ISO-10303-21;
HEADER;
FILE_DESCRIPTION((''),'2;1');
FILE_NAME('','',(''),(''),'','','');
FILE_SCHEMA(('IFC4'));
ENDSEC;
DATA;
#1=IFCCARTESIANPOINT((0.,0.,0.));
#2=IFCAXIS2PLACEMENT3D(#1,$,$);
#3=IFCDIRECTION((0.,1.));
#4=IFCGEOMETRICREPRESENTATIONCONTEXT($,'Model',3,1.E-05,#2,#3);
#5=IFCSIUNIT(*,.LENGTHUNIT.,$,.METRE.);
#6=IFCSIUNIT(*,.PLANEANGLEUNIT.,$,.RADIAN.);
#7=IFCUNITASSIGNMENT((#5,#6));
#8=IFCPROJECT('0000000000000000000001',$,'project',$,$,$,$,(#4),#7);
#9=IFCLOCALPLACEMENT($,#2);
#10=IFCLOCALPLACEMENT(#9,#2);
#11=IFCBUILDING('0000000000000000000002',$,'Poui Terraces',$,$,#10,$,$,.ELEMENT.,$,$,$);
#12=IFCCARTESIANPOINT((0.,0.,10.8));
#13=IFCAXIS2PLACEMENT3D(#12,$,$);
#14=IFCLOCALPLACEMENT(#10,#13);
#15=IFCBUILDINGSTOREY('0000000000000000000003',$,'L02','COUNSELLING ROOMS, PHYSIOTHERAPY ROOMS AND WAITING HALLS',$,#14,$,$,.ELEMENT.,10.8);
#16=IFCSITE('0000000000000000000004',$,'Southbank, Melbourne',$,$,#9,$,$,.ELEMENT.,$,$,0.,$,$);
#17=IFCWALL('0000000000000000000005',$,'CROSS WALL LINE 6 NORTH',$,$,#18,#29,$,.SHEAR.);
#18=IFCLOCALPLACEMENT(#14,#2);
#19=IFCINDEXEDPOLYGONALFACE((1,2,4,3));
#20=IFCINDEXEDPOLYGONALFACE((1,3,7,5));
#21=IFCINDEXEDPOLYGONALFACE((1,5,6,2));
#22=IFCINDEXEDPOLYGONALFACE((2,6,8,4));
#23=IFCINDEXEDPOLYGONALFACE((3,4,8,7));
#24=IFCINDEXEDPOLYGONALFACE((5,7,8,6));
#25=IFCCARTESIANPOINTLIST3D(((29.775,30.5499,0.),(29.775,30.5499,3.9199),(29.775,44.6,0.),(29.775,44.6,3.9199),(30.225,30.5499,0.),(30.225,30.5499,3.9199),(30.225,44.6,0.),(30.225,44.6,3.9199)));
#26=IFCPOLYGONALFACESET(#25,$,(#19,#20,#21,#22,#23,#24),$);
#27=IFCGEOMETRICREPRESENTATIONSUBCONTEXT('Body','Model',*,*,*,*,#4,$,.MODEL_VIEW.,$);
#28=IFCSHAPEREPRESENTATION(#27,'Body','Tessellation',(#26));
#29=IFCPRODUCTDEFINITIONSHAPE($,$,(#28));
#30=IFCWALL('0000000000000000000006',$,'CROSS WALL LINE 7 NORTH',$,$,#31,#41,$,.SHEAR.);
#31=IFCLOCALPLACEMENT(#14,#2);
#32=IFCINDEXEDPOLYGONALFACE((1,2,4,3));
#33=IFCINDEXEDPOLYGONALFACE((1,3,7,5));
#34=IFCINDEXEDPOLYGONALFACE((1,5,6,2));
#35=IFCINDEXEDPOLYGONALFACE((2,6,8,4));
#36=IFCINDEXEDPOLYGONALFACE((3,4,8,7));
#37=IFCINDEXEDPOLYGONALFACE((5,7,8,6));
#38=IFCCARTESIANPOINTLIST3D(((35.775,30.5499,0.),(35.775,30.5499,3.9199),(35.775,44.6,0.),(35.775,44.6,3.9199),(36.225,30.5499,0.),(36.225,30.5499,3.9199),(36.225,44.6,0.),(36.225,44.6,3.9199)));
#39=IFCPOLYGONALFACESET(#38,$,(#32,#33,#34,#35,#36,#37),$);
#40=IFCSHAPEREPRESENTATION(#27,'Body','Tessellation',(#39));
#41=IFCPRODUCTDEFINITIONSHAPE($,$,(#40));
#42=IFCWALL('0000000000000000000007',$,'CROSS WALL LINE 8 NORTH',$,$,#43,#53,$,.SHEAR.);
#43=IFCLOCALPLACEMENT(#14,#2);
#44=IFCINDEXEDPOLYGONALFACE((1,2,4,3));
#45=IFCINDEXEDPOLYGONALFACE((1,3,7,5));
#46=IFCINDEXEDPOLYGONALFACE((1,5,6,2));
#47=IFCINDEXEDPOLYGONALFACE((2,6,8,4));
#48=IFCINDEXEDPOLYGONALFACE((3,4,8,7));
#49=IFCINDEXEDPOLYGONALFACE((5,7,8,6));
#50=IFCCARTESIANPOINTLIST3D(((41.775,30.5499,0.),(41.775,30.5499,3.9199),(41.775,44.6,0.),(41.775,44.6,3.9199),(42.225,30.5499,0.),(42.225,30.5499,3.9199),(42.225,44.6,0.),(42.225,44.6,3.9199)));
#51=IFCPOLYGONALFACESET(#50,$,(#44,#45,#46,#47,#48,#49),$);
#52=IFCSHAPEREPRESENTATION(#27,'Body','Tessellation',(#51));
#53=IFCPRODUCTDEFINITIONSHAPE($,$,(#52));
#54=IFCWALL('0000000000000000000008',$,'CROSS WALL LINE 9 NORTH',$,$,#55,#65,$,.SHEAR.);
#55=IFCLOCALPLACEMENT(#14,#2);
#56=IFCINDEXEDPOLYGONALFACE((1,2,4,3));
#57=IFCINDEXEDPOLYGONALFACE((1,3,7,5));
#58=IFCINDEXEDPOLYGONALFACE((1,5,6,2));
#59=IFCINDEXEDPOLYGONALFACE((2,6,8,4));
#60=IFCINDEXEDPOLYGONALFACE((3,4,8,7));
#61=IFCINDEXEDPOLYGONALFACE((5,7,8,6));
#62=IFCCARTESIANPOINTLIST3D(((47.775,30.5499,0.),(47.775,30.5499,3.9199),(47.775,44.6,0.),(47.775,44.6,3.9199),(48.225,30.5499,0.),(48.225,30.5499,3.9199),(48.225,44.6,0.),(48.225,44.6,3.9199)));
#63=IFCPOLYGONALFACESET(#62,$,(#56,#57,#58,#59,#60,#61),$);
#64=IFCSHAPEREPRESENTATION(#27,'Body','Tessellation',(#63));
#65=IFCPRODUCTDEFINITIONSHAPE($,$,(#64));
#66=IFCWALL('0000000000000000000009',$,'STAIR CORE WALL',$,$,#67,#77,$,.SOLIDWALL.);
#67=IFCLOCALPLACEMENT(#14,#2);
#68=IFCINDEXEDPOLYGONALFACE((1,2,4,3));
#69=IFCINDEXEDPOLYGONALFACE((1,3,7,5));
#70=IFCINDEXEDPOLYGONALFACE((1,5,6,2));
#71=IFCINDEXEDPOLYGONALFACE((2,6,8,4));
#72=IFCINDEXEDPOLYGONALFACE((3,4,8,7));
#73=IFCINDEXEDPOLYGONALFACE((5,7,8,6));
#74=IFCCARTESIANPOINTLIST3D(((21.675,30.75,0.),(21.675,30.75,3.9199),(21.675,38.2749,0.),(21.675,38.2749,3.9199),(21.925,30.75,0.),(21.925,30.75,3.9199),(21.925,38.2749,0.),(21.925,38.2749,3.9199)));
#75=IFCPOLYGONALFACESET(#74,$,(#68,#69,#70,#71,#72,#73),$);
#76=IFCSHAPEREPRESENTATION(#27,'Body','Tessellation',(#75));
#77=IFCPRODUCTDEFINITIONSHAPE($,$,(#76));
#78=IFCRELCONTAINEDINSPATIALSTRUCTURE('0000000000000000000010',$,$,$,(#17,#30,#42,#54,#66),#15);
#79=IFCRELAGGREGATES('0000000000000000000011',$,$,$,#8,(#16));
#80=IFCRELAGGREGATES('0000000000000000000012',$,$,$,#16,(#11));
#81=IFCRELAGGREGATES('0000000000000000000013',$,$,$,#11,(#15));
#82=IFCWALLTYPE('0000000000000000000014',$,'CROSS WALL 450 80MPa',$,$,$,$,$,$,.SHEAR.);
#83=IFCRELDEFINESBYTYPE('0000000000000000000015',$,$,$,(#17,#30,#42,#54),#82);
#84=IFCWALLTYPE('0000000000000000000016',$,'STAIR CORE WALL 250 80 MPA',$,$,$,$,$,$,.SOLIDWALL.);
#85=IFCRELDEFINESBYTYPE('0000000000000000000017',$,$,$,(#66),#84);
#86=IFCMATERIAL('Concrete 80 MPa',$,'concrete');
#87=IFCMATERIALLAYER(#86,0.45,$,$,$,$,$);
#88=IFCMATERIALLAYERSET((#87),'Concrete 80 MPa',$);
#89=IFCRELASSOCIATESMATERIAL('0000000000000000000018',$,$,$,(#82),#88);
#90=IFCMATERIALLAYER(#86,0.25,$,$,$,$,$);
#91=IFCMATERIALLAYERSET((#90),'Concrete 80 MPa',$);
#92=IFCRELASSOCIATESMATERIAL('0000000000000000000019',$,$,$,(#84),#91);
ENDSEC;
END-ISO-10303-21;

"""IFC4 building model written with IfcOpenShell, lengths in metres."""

from ifc_helpers import new_model, si_unit, direction, frame, frame_2d, origin, place, context, subcontext, project, spatial, rectangle, extrude, material, layer, layer_set, type_object, element, save


model = new_model("IFC4")

# Units and contexts
model_context = context("Model", 3, precision=1e-05, world=origin(), true_north=direction((0.0, 1.0)))
body_context = subcontext(model_context, "Body", "Model", "MODEL_VIEW")
ifc_project = project(units=[si_unit("LENGTHUNIT", "METRE"), si_unit("PLANEANGLEUNIT", "RADIAN")], contexts=[model_context])

# Site, building, storey
site_placement = place(None, origin())
site = spatial("IfcSite", under=ifc_project, at=site_placement, Name="Southbank, Melbourne", CompositionType="ELEMENT", RefElevation=0.0)
building_placement = place(site_placement, origin())
building = spatial("IfcBuilding", under=site, at=building_placement, Name="Poui Terraces", CompositionType="ELEMENT")
storey_placement = place(building_placement, frame((0.0, 0.0, 10.8)))
storey = spatial("IfcBuildingStorey", under=building, at=storey_placement, Name="L02", Description="COUNSELLING ROOMS, PHYSIOTHERAPY ROOMS AND WAITING HALLS", CompositionType="ELEMENT", Elevation=10.8)

# Shared definitions
ifc_material_1 = material(Name="Concrete 80 MPa", Category="concrete")

# Walls
ifc_layer_1 = layer(ifc_material_1, 0.45)
ifc_layer_set_1 = layer_set([ifc_layer_1], Name="Concrete 80 MPa")
wall_type_1 = type_object("IfcWallType", Name="CROSS WALL 450 80MPa", PredefinedType="SHEAR", material=ifc_layer_set_1)
for number, where, z_axis, x_axis, name in (
    (1, (30.0, 30.55, 0.0), (0.0, 0.0, 1.0), (0.0, 1.0, 0.0), "CROSS WALL LINE 6 NORTH"),
    (2, (36.0, 30.55, 0.0), (0.0, 0.0, 1.0), (0.0, 1.0, 0.0), "CROSS WALL LINE 7 NORTH"),
    (3, (42.0, 30.55, 0.0), (0.0, 0.0, 1.0), (0.0, 1.0, 0.0), "CROSS WALL LINE 8 NORTH"),
    (4, (48.0, 30.55, 0.0), (0.0, 0.0, 1.0), (0.0, 1.0, 0.0), "CROSS WALL LINE 9 NORTH"),
):
    element("IfcWall", number, at=place(storey_placement, frame(where, z_axis=z_axis, x_axis=x_axis)), inside=storey, type_object=wall_type_1, Name=name, PredefinedType="SHEAR", context=body_context, shape_type="SweptSolid", body=[
        extrude(rectangle(XDim=14.05, YDim=0.45, at=frame_2d((7.0249, 0.0))), origin(), (0.0, 0.0, 1.0), 3.9199),
    ])
ifc_layer_2 = layer(ifc_material_1, 0.25)
ifc_layer_set_2 = layer_set([ifc_layer_2], Name="Concrete 80 MPa")
wall_type_2 = type_object("IfcWallType", Name="STAIR CORE WALL 250 80 MPA", PredefinedType="SOLIDWALL", material=ifc_layer_set_2)
wall_1_placement = place(storey_placement, frame((21.8, 30.75, 0.0), z_axis=(0.0, 0.0, 1.0), x_axis=(0.0, 1.0, 0.0)))
element("IfcWall", 5, at=wall_1_placement, inside=storey, type_object=wall_type_2, Name="STAIR CORE WALL", PredefinedType="SOLIDWALL", context=body_context, shape_type="SweptSolid", body=[
    extrude(rectangle(XDim=7.5249, YDim=0.25, at=frame_2d((3.7625, 0.0))), origin(), (0.0, 0.0, 1.0), 3.9199),
])

save(model, "model.ifc")
